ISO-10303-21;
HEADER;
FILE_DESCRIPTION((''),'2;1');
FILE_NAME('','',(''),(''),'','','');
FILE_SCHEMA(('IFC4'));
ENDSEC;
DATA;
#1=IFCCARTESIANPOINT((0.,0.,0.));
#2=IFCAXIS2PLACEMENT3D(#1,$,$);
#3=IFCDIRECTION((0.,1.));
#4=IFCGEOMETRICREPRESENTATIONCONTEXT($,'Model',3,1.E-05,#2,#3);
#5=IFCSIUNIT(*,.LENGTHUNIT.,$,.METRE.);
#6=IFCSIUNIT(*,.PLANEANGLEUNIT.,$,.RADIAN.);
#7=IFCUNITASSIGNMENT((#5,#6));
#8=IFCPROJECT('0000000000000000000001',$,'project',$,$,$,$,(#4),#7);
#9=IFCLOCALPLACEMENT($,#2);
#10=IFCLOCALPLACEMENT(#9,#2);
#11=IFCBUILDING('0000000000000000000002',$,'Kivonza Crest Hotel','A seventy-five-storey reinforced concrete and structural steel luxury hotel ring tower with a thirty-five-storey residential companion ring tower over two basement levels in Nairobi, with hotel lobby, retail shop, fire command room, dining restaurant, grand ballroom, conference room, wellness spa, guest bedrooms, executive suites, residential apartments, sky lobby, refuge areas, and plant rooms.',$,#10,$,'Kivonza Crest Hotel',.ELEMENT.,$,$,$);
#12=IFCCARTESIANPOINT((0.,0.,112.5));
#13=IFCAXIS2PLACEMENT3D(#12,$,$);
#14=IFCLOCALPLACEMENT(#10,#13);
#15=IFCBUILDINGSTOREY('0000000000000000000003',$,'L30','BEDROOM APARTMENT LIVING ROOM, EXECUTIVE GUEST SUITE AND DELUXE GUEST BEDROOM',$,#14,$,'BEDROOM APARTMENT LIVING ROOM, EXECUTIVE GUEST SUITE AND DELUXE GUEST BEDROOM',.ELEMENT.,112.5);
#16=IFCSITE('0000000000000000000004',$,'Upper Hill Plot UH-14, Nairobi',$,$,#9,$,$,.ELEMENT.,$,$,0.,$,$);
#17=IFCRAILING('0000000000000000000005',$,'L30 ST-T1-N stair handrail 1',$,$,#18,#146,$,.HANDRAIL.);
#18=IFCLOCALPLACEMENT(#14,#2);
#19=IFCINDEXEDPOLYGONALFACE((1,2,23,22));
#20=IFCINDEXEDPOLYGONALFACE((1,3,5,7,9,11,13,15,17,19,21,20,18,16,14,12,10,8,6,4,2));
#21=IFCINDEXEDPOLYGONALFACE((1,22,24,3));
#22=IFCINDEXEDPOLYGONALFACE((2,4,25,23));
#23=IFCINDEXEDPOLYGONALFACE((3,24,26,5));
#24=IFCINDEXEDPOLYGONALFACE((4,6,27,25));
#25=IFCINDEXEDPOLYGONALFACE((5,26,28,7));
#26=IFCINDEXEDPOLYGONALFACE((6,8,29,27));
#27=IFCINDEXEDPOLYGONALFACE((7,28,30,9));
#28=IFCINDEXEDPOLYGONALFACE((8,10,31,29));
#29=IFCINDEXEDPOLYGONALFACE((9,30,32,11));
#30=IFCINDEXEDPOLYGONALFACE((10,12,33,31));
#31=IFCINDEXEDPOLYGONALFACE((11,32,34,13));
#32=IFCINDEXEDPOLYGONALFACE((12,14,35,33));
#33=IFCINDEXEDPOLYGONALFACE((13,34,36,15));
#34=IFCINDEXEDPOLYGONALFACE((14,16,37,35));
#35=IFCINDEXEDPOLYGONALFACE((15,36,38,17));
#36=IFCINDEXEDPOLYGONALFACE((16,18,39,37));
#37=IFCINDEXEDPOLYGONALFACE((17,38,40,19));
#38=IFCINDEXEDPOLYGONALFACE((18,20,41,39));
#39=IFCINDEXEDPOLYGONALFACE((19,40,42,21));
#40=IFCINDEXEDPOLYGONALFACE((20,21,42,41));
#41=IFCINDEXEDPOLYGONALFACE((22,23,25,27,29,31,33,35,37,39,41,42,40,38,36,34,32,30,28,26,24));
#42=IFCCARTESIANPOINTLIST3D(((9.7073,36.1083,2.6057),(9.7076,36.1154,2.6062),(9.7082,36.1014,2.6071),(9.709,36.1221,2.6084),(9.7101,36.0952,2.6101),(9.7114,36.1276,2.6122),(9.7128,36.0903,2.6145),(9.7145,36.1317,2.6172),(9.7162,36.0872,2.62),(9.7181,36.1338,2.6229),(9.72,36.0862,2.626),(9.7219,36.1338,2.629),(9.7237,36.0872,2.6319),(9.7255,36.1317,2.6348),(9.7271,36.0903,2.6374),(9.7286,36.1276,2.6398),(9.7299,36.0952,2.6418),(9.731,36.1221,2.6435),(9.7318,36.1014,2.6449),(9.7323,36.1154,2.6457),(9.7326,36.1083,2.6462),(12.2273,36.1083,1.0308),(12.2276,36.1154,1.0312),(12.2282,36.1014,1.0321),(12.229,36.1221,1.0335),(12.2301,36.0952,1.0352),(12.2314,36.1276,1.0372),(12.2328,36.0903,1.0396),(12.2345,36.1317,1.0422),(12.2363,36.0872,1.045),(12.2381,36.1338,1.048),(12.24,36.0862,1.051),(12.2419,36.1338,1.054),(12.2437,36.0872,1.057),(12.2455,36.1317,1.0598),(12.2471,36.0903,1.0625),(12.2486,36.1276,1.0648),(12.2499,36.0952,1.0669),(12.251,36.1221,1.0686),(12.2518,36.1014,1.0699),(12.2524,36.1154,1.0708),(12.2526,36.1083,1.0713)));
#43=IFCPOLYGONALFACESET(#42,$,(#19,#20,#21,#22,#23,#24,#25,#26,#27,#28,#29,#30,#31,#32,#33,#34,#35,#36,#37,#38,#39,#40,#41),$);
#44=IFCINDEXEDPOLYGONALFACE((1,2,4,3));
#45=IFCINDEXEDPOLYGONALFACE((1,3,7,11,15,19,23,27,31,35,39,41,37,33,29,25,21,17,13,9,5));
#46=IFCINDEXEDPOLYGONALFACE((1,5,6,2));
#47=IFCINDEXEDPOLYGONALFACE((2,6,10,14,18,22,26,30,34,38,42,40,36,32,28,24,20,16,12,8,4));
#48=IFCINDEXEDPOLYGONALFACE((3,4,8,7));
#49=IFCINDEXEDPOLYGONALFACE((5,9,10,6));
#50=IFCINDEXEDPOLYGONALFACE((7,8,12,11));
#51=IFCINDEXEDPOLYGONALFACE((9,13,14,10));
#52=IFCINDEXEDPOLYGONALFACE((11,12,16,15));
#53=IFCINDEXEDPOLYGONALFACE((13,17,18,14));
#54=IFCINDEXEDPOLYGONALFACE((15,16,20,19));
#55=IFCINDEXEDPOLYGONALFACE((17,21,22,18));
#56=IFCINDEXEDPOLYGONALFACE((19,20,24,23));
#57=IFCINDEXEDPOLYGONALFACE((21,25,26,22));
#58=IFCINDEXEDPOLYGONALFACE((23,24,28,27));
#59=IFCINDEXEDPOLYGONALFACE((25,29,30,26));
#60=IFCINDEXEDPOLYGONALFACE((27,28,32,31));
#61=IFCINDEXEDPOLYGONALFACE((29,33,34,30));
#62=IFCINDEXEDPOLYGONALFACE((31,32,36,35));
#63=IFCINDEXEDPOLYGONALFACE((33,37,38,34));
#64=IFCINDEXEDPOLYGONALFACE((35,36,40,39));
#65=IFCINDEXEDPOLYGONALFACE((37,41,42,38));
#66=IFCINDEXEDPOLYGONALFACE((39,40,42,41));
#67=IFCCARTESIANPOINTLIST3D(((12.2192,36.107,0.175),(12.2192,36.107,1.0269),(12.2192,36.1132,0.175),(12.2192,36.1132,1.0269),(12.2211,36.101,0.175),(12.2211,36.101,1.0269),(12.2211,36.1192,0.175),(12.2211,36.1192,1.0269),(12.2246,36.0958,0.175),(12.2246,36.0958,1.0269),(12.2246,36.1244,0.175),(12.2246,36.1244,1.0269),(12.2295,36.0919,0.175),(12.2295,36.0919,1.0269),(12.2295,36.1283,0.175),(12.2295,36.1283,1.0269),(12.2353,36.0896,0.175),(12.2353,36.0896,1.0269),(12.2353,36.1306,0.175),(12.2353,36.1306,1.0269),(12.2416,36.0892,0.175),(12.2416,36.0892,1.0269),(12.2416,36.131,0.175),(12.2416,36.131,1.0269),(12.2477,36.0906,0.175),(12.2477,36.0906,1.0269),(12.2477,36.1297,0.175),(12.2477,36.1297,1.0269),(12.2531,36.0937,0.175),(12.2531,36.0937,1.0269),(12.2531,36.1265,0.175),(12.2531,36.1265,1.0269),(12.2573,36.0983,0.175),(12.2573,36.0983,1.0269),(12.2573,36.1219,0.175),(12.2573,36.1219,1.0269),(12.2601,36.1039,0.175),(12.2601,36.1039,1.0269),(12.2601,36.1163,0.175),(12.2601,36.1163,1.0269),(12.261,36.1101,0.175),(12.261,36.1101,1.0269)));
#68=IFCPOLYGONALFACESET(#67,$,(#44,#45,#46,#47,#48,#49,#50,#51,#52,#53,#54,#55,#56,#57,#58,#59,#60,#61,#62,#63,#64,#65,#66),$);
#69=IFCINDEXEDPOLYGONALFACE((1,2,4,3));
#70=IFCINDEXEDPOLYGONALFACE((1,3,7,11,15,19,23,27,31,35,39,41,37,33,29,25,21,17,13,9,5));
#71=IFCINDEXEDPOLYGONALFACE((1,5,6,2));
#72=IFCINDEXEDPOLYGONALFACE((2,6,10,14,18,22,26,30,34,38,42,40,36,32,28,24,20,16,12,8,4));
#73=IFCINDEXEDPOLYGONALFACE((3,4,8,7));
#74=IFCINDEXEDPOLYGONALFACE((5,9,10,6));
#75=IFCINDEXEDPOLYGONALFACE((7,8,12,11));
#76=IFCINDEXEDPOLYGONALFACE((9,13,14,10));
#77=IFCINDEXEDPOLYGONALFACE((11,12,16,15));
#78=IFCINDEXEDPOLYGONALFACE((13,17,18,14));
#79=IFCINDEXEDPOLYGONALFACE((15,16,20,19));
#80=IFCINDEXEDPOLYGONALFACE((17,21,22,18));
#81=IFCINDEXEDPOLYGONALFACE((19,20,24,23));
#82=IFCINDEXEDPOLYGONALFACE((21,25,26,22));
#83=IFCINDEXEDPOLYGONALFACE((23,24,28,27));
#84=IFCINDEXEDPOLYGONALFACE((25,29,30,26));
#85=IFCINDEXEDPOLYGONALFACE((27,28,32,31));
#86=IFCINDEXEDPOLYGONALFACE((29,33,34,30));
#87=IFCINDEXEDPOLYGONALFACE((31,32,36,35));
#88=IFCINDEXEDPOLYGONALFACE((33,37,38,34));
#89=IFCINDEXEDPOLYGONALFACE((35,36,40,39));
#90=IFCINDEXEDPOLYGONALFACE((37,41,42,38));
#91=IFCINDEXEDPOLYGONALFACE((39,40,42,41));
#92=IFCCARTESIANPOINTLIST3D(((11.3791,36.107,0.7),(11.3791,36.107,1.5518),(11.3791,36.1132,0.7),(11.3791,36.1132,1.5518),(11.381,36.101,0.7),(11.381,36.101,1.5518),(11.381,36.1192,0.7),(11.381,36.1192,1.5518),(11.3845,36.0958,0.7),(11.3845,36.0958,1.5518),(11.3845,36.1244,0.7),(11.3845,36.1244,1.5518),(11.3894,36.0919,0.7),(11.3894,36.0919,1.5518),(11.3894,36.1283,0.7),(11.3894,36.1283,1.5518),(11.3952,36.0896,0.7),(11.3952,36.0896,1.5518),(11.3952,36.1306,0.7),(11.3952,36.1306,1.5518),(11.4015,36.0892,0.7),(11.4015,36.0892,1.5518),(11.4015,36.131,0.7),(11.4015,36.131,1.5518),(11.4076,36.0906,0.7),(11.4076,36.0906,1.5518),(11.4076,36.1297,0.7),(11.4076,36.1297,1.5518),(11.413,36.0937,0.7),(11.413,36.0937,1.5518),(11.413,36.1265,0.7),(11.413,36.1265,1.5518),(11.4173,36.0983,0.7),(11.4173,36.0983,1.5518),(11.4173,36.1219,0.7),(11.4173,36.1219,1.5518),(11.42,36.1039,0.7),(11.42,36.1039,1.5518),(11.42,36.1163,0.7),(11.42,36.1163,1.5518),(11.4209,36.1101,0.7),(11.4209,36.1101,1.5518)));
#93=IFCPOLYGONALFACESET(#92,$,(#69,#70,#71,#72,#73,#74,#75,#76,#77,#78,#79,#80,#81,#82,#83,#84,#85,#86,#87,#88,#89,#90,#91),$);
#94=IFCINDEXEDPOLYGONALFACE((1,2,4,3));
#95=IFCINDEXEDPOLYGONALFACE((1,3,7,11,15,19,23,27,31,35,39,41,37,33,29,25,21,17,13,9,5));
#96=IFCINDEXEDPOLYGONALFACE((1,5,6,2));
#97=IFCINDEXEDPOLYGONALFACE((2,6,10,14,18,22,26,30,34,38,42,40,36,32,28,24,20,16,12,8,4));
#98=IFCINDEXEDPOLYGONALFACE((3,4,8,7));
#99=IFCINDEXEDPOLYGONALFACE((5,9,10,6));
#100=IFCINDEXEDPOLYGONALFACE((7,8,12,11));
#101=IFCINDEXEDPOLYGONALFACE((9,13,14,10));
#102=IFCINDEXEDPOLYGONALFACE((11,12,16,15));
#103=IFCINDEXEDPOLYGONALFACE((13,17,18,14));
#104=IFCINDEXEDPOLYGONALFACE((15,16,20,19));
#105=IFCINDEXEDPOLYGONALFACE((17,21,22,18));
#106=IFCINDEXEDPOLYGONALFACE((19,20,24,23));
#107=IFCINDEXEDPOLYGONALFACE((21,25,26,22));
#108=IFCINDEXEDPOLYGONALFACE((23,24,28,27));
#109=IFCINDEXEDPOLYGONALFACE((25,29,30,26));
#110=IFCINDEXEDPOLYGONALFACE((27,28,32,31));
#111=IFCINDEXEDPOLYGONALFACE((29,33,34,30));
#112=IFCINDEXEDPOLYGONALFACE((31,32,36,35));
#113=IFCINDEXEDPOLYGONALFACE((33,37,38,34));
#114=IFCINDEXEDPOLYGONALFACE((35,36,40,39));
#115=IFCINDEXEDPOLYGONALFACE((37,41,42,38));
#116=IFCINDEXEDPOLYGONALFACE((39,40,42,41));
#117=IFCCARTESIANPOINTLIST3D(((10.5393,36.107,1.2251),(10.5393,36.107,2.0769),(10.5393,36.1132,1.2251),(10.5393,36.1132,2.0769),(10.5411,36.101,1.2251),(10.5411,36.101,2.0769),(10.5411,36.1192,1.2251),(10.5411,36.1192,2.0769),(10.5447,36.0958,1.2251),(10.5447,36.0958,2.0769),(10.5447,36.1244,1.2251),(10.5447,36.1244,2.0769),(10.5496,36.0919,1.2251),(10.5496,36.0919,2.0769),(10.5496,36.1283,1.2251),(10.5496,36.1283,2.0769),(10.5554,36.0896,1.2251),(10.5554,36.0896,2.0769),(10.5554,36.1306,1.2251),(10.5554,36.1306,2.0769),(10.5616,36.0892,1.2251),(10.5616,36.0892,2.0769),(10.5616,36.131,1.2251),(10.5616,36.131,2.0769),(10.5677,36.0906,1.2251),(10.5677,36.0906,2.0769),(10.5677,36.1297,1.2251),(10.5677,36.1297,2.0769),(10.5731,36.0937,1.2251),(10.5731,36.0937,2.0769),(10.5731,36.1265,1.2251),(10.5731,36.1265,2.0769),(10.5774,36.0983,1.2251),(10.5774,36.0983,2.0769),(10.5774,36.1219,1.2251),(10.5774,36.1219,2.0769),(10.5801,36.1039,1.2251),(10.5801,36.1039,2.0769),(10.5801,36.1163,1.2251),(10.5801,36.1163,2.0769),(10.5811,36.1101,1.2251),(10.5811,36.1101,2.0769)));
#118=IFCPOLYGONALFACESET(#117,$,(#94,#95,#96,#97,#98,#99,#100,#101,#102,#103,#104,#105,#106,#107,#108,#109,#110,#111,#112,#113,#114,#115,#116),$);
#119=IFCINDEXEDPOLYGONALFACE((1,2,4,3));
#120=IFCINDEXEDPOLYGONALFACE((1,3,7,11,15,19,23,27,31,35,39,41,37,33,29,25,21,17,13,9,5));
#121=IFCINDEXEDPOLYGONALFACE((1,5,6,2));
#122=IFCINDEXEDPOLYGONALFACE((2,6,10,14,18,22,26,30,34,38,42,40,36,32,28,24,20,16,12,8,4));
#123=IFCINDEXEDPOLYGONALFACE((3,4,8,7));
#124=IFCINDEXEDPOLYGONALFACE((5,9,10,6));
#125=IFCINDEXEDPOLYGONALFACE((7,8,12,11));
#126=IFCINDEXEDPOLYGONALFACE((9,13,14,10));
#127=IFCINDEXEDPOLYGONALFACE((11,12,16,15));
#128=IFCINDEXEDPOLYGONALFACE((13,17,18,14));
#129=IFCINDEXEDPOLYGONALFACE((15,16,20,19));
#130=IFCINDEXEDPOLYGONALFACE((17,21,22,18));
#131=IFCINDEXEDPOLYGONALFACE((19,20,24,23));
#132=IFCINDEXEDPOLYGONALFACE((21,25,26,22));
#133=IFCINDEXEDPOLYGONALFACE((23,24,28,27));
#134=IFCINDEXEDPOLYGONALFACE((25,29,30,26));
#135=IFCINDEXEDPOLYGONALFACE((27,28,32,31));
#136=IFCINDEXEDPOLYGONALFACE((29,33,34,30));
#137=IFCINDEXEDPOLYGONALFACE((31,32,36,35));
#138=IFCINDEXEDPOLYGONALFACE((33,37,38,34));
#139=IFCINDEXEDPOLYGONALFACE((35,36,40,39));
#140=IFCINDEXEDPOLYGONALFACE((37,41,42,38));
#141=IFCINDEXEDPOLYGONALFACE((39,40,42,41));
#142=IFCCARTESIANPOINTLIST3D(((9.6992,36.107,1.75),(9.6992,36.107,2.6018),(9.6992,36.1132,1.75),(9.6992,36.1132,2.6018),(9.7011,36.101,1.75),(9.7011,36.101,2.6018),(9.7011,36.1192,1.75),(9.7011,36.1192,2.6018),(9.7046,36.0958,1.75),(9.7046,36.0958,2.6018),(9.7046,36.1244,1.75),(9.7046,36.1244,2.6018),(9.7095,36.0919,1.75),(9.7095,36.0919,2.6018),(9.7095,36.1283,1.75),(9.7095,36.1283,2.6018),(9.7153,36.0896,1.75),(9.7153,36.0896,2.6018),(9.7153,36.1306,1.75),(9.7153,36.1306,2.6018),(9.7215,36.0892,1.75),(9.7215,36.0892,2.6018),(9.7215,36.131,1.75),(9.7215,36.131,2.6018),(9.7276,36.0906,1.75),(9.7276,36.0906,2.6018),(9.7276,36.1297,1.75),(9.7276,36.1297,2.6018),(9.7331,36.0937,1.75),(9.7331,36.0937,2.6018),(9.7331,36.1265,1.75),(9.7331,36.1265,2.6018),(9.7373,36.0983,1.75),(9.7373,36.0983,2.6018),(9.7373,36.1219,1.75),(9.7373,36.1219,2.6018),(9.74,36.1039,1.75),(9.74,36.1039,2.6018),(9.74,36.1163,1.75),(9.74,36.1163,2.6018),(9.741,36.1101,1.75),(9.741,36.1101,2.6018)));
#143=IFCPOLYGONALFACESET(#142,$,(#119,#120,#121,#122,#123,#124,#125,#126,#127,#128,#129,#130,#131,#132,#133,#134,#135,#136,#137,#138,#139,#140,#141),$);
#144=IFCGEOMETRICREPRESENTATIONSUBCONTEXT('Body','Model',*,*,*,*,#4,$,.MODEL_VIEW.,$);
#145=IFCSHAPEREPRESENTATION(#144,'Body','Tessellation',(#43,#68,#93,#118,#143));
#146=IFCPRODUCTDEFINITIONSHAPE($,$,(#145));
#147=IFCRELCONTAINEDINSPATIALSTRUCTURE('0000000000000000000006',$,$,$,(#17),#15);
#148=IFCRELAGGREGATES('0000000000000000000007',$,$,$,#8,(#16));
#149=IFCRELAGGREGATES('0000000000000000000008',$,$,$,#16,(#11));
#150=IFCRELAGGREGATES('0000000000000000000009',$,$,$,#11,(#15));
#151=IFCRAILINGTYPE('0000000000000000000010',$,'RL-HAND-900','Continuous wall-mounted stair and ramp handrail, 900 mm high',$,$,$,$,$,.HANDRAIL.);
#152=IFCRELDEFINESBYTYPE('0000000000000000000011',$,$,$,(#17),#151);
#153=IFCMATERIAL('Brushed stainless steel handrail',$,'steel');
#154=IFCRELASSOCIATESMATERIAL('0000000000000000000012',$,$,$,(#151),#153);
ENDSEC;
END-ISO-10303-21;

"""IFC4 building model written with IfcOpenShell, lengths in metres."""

from ifc_helpers import new_model, si_unit, direction, frame, origin, origin_2d, place, context, subcontext, project, spatial, circle, extrude, material, type_object, element, save


model = new_model("IFC4")

# Units and contexts
model_context = context("Model", 3, precision=1e-05, world=origin(), true_north=direction((0.0, 1.0)))
body_context = subcontext(model_context, "Body", "Model", "MODEL_VIEW")
ifc_project = project(units=[si_unit("LENGTHUNIT", "METRE"), si_unit("PLANEANGLEUNIT", "RADIAN")], contexts=[model_context])

# Site, building, storey
site_placement = place(None, origin())
site = spatial("IfcSite", under=ifc_project, at=site_placement, Name="Upper Hill Plot UH-14, Nairobi", CompositionType="ELEMENT", RefElevation=0.0)
building_placement = place(site_placement, origin())
building = spatial("IfcBuilding", under=site, at=building_placement, Name="Kivonza Crest Hotel", Description="A seventy-five-storey reinforced concrete and structural steel luxury hotel ring tower with a thirty-five-storey residential companion ring tower over two basement levels in Nairobi, with hotel lobby, retail shop, fire command room, dining restaurant, grand ballroom, conference room, wellness spa, guest bedrooms, executive suites, residential apartments, sky lobby, refuge areas, and plant rooms.", LongName="Kivonza Crest Hotel", CompositionType="ELEMENT")
storey_placement = place(building_placement, frame((0.0, 0.0, 112.5)))
storey = spatial("IfcBuildingStorey", under=building, at=storey_placement, Name="L30", Description="BEDROOM APARTMENT LIVING ROOM, EXECUTIVE GUEST SUITE AND DELUXE GUEST BEDROOM", LongName="BEDROOM APARTMENT LIVING ROOM, EXECUTIVE GUEST SUITE AND DELUXE GUEST BEDROOM", CompositionType="ELEMENT", Elevation=112.5)

# Railing
ifc_material_1 = material(Name="Brushed stainless steel handrail", Category="steel")
railing_type_1 = type_object("IfcRailingType", Name="RL-HAND-900", Description="Continuous wall-mounted stair and ramp handrail, 900 mm high", PredefinedType="HANDRAIL", material=ifc_material_1)
railing_1_placement = place(storey_placement, frame((12.24, 36.1101, 0.175)))
element("IfcRailing", 1, at=railing_1_placement, inside=storey, type_object=railing_type_1, Name="L30 ST-T1-N stair handrail 1", PredefinedType="HANDRAIL", context=body_context, shape_type="SweptSolid", body=[
    extrude(circle(Radius=0.0239, at=origin_2d()), frame((0.0, 0.0, 0.876), z_axis=(-0.848008, 0.0, 0.529984), x_axis=(0.0, -1.0, 0.0)), (0.0, 0.0, 1.0), 2.9717),
    extrude(circle(Radius=0.021, at=origin_2d()), origin(), (0.0, 0.0, 1.0), 0.8518),
    extrude(circle(Radius=0.021, at=origin_2d()), frame((-0.8401, 0.0, 0.5249)), (0.0, 0.0, 1.0), 0.8518),
    extrude(circle(Radius=0.021, at=origin_2d()), frame((-1.6799, 0.0, 1.05)), (0.0, 0.0, 1.0), 0.8518),
    extrude(circle(Radius=0.021, at=origin_2d()), frame((-2.52, 0.0, 1.575)), (0.0, 0.0, 1.0), 0.8518),
])

save(model, "model.ifc")
